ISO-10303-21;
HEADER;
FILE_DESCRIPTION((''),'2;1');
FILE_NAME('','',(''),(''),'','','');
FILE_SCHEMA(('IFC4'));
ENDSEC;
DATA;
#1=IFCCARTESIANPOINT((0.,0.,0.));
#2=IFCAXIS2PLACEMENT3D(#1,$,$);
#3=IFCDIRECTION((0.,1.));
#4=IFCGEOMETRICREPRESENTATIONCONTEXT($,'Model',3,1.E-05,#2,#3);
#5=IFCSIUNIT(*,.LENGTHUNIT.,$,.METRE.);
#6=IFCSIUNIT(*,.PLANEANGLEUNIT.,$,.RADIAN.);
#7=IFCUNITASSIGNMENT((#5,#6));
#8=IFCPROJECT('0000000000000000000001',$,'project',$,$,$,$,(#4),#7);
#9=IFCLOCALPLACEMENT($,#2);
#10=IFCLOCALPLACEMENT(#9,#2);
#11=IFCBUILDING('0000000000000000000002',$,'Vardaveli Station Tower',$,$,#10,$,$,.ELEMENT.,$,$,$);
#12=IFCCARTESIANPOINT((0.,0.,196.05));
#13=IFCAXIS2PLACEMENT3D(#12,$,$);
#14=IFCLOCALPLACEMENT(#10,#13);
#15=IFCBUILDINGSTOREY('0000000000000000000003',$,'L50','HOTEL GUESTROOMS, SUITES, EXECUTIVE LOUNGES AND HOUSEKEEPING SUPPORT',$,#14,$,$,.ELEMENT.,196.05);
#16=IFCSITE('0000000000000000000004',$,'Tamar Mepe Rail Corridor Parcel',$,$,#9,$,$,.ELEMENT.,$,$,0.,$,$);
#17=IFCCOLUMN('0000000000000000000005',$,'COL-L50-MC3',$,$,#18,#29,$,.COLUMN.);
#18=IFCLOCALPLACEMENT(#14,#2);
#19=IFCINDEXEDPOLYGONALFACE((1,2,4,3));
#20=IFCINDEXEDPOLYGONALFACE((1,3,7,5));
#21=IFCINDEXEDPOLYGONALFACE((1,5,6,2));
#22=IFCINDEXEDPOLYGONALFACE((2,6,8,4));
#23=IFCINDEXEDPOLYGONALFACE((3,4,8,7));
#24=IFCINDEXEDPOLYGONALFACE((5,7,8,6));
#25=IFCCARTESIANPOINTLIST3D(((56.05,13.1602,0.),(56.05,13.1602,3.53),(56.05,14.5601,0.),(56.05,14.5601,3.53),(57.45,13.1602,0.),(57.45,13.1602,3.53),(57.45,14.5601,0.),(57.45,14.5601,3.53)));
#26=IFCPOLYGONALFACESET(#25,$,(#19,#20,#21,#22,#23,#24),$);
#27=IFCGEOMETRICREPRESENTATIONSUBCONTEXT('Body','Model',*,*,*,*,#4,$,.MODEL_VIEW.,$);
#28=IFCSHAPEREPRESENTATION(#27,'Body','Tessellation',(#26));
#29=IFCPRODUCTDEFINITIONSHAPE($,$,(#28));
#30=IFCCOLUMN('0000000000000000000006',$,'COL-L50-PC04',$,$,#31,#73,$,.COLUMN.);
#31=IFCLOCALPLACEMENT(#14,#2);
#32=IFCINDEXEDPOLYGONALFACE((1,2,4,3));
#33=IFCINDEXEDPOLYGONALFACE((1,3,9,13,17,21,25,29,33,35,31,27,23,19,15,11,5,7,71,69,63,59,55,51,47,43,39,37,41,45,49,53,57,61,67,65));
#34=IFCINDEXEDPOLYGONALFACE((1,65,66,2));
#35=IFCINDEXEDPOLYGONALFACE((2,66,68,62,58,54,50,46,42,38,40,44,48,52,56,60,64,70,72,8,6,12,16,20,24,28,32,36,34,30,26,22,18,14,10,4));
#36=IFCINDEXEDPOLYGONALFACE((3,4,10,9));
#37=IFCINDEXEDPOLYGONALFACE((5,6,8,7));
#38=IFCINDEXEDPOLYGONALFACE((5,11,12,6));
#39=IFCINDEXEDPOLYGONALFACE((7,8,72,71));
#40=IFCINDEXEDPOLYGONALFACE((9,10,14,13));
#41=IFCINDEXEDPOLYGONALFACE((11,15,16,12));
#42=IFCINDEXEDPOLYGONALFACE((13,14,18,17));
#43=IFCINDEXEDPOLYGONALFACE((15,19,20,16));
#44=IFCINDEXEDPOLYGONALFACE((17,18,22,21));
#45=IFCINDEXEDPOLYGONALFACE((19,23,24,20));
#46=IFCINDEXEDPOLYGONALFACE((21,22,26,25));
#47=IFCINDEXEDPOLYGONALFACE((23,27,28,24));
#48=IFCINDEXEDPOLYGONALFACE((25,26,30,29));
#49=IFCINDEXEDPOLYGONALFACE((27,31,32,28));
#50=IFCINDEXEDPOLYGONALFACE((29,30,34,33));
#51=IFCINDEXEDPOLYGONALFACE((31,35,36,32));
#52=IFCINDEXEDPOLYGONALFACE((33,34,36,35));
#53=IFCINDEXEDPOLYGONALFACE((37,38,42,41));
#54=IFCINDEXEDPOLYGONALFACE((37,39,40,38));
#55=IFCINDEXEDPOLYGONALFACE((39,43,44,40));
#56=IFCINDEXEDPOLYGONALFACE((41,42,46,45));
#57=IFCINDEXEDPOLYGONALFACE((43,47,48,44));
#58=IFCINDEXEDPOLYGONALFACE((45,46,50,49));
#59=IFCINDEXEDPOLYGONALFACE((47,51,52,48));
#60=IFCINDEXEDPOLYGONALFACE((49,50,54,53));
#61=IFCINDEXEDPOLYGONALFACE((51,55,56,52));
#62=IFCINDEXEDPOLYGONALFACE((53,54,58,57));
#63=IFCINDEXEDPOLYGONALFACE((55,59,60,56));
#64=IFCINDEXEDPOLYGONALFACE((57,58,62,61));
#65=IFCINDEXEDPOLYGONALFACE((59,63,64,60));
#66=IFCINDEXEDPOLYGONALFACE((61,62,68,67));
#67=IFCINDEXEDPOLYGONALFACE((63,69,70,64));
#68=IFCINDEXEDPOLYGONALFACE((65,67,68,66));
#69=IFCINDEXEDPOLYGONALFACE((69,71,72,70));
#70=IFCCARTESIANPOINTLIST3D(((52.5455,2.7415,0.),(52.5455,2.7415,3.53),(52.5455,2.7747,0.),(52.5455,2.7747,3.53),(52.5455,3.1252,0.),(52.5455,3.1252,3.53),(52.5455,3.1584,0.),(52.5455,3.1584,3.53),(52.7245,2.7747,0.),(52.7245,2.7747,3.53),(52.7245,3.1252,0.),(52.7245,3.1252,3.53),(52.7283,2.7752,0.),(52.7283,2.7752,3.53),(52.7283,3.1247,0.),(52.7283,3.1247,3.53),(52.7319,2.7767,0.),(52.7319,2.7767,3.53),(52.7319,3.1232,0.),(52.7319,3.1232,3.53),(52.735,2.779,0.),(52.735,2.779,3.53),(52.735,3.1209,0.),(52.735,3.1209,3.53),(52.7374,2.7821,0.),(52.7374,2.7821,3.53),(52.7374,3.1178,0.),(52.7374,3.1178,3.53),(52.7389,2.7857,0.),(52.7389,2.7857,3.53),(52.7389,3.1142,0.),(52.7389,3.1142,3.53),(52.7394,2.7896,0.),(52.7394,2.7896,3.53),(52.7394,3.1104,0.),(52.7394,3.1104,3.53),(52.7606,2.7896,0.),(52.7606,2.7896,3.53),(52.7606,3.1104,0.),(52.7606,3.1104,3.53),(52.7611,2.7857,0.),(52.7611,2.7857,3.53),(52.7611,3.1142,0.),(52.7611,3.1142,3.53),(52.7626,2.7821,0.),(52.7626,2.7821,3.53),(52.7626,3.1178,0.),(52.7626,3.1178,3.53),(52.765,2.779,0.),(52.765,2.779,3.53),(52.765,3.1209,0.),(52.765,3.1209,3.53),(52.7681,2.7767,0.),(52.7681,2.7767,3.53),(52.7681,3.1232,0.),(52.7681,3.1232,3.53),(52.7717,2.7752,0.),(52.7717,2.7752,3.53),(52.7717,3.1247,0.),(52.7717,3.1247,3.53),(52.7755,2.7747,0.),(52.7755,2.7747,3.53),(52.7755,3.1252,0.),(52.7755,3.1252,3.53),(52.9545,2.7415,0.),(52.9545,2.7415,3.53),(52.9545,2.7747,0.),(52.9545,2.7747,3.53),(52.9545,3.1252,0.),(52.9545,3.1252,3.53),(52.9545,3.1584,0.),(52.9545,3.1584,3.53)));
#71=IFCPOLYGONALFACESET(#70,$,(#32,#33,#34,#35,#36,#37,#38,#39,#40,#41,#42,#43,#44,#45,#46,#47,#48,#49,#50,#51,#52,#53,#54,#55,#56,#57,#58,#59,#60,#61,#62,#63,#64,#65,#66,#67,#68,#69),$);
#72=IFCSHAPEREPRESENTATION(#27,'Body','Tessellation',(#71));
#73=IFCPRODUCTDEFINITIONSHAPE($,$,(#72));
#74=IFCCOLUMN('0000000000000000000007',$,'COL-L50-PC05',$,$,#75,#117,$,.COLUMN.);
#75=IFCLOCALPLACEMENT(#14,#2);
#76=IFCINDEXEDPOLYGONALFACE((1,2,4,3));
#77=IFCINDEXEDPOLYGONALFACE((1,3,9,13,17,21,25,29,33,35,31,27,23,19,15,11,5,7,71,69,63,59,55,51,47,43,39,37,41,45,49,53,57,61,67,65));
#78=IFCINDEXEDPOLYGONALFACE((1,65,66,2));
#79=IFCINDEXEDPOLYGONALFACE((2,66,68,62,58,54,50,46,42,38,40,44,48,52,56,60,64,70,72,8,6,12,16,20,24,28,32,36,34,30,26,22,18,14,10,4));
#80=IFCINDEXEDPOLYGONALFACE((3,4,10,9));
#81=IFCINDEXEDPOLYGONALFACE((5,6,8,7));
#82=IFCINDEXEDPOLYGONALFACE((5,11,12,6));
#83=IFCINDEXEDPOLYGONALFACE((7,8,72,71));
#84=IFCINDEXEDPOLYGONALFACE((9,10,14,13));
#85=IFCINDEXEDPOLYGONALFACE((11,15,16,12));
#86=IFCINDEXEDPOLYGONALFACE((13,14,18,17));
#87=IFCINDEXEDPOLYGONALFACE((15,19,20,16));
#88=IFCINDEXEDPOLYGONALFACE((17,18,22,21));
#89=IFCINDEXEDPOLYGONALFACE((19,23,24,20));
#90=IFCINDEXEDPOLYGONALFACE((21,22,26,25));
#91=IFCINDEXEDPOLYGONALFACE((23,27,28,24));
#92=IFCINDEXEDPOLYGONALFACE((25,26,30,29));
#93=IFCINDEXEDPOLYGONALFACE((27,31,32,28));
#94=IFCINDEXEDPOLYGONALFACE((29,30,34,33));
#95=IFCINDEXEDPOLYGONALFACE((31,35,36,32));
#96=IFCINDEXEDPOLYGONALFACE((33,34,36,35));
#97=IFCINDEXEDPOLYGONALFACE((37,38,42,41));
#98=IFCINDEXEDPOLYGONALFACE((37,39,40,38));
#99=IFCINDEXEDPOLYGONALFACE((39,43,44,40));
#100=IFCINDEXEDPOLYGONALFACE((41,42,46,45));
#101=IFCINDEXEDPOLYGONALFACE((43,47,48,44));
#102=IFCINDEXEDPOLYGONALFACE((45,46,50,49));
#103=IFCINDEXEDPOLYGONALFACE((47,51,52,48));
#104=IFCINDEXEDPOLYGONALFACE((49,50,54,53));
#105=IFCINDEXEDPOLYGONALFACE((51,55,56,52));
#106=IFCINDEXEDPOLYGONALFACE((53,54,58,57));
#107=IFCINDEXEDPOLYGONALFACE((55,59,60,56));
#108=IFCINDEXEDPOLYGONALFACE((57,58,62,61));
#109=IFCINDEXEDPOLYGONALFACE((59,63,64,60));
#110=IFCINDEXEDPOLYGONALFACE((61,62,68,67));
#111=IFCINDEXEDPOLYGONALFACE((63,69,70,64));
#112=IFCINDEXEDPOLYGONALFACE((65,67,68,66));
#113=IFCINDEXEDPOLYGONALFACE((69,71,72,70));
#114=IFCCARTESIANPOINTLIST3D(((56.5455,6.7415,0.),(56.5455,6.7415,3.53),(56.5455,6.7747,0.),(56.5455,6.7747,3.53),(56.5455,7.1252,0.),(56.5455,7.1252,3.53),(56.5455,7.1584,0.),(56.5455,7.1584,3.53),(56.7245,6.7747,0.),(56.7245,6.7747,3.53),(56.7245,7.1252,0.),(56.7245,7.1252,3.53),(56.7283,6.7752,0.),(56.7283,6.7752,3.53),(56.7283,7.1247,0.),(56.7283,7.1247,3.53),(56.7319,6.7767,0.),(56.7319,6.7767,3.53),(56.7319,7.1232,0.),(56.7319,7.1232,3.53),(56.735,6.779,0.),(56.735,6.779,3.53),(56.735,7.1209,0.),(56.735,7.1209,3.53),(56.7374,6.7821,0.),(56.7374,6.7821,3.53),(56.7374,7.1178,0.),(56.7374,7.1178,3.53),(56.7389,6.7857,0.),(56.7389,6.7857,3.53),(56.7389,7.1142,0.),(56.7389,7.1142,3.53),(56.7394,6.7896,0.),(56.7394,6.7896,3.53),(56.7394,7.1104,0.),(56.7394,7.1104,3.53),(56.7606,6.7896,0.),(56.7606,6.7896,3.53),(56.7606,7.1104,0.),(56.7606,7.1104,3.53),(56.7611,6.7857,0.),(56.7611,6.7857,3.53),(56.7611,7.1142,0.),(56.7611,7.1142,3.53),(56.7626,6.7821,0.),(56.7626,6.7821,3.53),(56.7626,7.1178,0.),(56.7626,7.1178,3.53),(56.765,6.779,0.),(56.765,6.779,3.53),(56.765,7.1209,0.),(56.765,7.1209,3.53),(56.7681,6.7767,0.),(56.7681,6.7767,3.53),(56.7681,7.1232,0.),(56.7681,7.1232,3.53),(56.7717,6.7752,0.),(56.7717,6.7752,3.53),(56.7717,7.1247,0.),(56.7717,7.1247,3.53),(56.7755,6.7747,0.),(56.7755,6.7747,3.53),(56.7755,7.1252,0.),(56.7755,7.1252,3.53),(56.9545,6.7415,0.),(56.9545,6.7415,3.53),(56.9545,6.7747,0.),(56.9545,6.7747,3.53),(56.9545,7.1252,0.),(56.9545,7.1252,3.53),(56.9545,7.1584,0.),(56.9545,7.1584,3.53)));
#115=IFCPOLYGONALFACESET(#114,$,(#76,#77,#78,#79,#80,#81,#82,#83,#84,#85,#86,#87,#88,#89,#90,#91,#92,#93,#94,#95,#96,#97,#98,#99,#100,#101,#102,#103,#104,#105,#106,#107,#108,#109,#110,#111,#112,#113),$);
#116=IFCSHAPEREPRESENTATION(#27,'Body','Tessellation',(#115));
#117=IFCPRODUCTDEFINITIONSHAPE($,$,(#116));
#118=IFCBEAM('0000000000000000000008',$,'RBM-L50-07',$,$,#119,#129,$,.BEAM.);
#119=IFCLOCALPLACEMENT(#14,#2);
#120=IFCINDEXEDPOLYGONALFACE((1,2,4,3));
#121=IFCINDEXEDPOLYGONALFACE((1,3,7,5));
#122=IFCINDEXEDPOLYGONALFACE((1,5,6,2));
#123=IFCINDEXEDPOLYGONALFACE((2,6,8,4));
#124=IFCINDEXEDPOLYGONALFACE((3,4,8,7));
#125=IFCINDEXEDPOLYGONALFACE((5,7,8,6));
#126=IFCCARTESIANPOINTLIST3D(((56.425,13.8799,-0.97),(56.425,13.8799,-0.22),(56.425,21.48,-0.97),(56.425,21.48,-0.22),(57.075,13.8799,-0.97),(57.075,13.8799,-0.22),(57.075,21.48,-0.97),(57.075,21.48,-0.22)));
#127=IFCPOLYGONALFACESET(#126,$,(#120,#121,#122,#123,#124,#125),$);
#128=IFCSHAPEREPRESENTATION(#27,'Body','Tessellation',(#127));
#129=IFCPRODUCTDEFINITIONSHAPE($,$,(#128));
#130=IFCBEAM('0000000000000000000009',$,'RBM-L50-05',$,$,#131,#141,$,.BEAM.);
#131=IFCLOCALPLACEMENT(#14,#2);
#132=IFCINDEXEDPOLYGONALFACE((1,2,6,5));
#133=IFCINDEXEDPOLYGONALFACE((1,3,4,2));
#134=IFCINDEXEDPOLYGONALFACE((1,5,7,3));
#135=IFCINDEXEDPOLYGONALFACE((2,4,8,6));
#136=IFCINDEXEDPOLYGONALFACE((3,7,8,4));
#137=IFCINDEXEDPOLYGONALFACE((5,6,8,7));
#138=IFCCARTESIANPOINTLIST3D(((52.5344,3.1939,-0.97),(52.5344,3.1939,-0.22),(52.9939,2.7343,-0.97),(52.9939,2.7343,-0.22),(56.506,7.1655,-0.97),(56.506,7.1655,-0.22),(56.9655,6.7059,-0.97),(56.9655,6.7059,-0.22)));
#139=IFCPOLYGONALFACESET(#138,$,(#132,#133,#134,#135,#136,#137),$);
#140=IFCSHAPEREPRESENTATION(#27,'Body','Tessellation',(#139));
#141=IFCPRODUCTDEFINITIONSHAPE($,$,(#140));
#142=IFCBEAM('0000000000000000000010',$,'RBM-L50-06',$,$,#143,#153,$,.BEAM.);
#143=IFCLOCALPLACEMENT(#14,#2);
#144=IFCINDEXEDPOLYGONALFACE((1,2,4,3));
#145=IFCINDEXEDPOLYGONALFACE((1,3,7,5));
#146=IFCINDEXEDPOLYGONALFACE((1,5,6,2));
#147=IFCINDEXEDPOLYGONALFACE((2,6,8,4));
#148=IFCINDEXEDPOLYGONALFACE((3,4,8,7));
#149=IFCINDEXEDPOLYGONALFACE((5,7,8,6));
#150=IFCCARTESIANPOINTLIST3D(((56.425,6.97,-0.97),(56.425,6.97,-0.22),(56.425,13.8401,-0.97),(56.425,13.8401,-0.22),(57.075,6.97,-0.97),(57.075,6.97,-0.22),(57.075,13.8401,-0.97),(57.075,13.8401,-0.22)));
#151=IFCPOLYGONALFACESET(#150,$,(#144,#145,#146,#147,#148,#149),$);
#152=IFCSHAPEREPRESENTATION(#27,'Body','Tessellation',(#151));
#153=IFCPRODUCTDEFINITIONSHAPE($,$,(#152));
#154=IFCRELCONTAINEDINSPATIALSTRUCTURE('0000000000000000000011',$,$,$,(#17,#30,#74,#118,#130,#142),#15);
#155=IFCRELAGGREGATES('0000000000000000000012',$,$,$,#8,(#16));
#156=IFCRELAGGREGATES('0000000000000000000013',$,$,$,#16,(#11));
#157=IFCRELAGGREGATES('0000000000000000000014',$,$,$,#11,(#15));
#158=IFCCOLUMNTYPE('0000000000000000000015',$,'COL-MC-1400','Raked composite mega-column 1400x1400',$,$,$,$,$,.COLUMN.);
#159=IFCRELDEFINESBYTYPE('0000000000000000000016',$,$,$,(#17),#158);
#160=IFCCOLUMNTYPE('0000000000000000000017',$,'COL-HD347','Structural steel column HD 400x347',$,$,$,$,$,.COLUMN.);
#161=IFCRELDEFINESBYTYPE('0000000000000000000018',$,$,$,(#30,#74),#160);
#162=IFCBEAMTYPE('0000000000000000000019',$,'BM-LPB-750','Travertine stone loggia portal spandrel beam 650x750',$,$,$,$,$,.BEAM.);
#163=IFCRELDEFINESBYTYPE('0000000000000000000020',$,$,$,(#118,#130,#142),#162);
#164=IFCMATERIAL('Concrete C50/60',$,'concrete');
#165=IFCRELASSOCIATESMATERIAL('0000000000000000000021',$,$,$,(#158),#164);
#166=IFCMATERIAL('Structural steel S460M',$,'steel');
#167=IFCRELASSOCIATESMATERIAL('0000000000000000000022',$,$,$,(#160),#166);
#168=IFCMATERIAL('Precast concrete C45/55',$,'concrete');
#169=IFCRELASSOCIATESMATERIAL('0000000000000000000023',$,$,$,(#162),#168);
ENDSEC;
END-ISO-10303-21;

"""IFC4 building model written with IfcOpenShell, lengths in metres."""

from ifc_helpers import new_model, si_unit, direction, frame, origin, origin_2d, place, context, subcontext, project, spatial, rectangle, i_section, extrude, source, transform, mapped, material, material_profile, profile_set, type_object, element, save


model = new_model("IFC4")

# Units and contexts
model_context = context("Model", 3, precision=1e-05, world=origin(), true_north=direction((0.0, 1.0)))
body_context = subcontext(model_context, "Body", "Model", "MODEL_VIEW")
ifc_project = project(units=[si_unit("LENGTHUNIT", "METRE"), si_unit("PLANEANGLEUNIT", "RADIAN")], contexts=[model_context])

# Site, building, storey
site_placement = place(None, origin())
site = spatial("IfcSite", under=ifc_project, at=site_placement, Name="Tamar Mepe Rail Corridor Parcel", CompositionType="ELEMENT", RefElevation=0.0)
building_placement = place(site_placement, origin())
building = spatial("IfcBuilding", under=site, at=building_placement, Name="Vardaveli Station Tower", CompositionType="ELEMENT")
storey_placement = place(building_placement, frame((0.0, 0.0, 196.05)))
storey = spatial("IfcBuildingStorey", under=building, at=storey_placement, Name="L50", Description="HOTEL GUESTROOMS, SUITES, EXECUTIVE LOUNGES AND HOUSEKEEPING SUPPORT", CompositionType="ELEMENT", Elevation=196.05)

# Columns
ifc_material_1 = material(Name="Concrete C50/60", Category="concrete")
ifc_material_profile_1 = material_profile(ifc_material_1, rectangle(XDim=1.3999, YDim=1.3999, at=origin_2d()), Name="MC 1400x1400")
ifc_profile_set_1 = profile_set([ifc_material_profile_1], Name="Concrete C50/60")
column_type_1 = type_object("IfcColumnType", Name="COL-MC-1400", Description="Raked composite mega-column 1400x1400", PredefinedType="COLUMN", material=ifc_profile_set_1)
shared_shape_1 = source(origin(), body_context, "Body", "SweptSolid", [
    extrude(rectangle(XDim=1.3999, YDim=1.3999, at=origin_2d()), origin(), (0.0, 0.0, 1.0), 3.53),
])
column_placement = place(storey_placement, frame((56.75, 13.8601, 0.0), z_axis=(0.0, 0.0, 1.0), x_axis=(1.0, 0.0, 0.0)))
element("IfcColumn", 1, at=column_placement, inside=storey, type_object=column_type_1, Name="COL-L50-MC3", PredefinedType="COLUMN", context=body_context, shape_type="MappedRepresentation", body=[
    mapped(shared_shape_1, transform((0.0, 0.0, 0.0), scale=1.0)),
])
ifc_material_2 = material(Name="Structural steel S460M", Category="steel")
ifc_material_profile_2 = material_profile(ifc_material_2, i_section(OverallWidth=0.4089, OverallDepth=0.417, WebThickness=0.0212, FlangeThickness=0.0332, FilletRadius=0.0149, at=origin_2d()), Name="HD 400x347")
ifc_profile_set_2 = profile_set([ifc_material_profile_2], Name="Structural steel S460M")
column_type_2 = type_object("IfcColumnType", Name="COL-HD347", Description="Structural steel column HD 400x347", PredefinedType="COLUMN", material=ifc_profile_set_2)
shared_shape_2 = source(origin(), body_context, "Body", "SweptSolid", [
    extrude(i_section(OverallWidth=0.4089, OverallDepth=0.417, WebThickness=0.0212, FlangeThickness=0.0332, FilletRadius=0.0149, at=origin_2d()), origin(), (0.0, 0.0, 1.0), 3.53),
])
for number, where, z_axis, x_axis, name in (
    (2, (52.75, 2.95, 0.0), (0.0, 0.0, 1.0), (1.0, 0.0, 0.0), "COL-L50-PC04"),
    (3, (56.75, 6.95, 0.0), (0.0, 0.0, 1.0), (1.0, 0.0, 0.0), "COL-L50-PC05"),
):
    element("IfcColumn", number, at=place(storey_placement, frame(where, z_axis=z_axis, x_axis=x_axis)), inside=storey, type_object=column_type_2, Name=name, PredefinedType="COLUMN", context=body_context, shape_type="MappedRepresentation", body=[
        mapped(shared_shape_2, transform((0.0, 0.0, 0.0), scale=1.0)),
    ])

# Beams
ifc_material_3 = material(Name="Precast concrete C45/55", Category="concrete")
ifc_material_profile_3 = material_profile(ifc_material_3, rectangle(XDim=0.6499, YDim=0.75, at=origin_2d()), Name="LPB 650x750")
ifc_profile_set_3 = profile_set([ifc_material_profile_3], Name="Precast concrete C45/55")
beam_type_1 = type_object("IfcBeamType", Name="BM-LPB-750", Description="Travertine stone loggia portal spandrel beam 650x750", PredefinedType="BEAM", material=ifc_profile_set_3)
shared_shape_3 = source(origin(), body_context, "Body", "SweptSolid", [
    extrude(rectangle(XDim=0.6499, YDim=0.75, at=origin_2d()), origin(), (0.0, 0.0, 1.0), 7.6001),
])
beam_1_placement = place(storey_placement, frame((56.75, 13.8799, -0.595), z_axis=(0.0, 1.0, 0.0), x_axis=(-1.0, 0.0, 0.0)))
element("IfcBeam", 4, at=beam_1_placement, inside=storey, type_object=beam_type_1, Name="RBM-L50-07", PredefinedType="BEAM", context=body_context, shape_type="MappedRepresentation", body=[
    mapped(shared_shape_3, transform((0.0, 0.0, 0.0), scale=1.0)),
])
shared_shape_4 = source(origin(), body_context, "Body", "SweptSolid", [
    extrude(rectangle(XDim=0.6499, YDim=0.75, at=origin_2d()), origin(), (0.0, 0.0, 1.0), 5.6167),
])
beam_2_placement = place(storey_placement, frame((52.7642, 2.9641, -0.595), z_axis=(0.707107, 0.707107, 0.0), x_axis=(-0.707107, 0.707107, 0.0)))
element("IfcBeam", 5, at=beam_2_placement, inside=storey, type_object=beam_type_1, Name="RBM-L50-05", PredefinedType="BEAM", context=body_context, shape_type="MappedRepresentation", body=[
    mapped(shared_shape_4, transform((0.0, 0.0, 0.0), scale=1.0)),
])
shared_shape_5 = source(origin(), body_context, "Body", "SweptSolid", [
    extrude(rectangle(XDim=0.6499, YDim=0.75, at=origin_2d()), origin(), (0.0, 0.0, 1.0), 6.8701),
])
beam_3_placement = place(storey_placement, frame((56.75, 6.97, -0.595), z_axis=(0.0, 1.0, 0.0), x_axis=(-1.0, 0.0, 0.0)))
element("IfcBeam", 6, at=beam_3_placement, inside=storey, type_object=beam_type_1, Name="RBM-L50-06", PredefinedType="BEAM", context=body_context, shape_type="MappedRepresentation", body=[
    mapped(shared_shape_5, transform((0.0, 0.0, 0.0), scale=1.0)),
])

save(model, "model.ifc")
